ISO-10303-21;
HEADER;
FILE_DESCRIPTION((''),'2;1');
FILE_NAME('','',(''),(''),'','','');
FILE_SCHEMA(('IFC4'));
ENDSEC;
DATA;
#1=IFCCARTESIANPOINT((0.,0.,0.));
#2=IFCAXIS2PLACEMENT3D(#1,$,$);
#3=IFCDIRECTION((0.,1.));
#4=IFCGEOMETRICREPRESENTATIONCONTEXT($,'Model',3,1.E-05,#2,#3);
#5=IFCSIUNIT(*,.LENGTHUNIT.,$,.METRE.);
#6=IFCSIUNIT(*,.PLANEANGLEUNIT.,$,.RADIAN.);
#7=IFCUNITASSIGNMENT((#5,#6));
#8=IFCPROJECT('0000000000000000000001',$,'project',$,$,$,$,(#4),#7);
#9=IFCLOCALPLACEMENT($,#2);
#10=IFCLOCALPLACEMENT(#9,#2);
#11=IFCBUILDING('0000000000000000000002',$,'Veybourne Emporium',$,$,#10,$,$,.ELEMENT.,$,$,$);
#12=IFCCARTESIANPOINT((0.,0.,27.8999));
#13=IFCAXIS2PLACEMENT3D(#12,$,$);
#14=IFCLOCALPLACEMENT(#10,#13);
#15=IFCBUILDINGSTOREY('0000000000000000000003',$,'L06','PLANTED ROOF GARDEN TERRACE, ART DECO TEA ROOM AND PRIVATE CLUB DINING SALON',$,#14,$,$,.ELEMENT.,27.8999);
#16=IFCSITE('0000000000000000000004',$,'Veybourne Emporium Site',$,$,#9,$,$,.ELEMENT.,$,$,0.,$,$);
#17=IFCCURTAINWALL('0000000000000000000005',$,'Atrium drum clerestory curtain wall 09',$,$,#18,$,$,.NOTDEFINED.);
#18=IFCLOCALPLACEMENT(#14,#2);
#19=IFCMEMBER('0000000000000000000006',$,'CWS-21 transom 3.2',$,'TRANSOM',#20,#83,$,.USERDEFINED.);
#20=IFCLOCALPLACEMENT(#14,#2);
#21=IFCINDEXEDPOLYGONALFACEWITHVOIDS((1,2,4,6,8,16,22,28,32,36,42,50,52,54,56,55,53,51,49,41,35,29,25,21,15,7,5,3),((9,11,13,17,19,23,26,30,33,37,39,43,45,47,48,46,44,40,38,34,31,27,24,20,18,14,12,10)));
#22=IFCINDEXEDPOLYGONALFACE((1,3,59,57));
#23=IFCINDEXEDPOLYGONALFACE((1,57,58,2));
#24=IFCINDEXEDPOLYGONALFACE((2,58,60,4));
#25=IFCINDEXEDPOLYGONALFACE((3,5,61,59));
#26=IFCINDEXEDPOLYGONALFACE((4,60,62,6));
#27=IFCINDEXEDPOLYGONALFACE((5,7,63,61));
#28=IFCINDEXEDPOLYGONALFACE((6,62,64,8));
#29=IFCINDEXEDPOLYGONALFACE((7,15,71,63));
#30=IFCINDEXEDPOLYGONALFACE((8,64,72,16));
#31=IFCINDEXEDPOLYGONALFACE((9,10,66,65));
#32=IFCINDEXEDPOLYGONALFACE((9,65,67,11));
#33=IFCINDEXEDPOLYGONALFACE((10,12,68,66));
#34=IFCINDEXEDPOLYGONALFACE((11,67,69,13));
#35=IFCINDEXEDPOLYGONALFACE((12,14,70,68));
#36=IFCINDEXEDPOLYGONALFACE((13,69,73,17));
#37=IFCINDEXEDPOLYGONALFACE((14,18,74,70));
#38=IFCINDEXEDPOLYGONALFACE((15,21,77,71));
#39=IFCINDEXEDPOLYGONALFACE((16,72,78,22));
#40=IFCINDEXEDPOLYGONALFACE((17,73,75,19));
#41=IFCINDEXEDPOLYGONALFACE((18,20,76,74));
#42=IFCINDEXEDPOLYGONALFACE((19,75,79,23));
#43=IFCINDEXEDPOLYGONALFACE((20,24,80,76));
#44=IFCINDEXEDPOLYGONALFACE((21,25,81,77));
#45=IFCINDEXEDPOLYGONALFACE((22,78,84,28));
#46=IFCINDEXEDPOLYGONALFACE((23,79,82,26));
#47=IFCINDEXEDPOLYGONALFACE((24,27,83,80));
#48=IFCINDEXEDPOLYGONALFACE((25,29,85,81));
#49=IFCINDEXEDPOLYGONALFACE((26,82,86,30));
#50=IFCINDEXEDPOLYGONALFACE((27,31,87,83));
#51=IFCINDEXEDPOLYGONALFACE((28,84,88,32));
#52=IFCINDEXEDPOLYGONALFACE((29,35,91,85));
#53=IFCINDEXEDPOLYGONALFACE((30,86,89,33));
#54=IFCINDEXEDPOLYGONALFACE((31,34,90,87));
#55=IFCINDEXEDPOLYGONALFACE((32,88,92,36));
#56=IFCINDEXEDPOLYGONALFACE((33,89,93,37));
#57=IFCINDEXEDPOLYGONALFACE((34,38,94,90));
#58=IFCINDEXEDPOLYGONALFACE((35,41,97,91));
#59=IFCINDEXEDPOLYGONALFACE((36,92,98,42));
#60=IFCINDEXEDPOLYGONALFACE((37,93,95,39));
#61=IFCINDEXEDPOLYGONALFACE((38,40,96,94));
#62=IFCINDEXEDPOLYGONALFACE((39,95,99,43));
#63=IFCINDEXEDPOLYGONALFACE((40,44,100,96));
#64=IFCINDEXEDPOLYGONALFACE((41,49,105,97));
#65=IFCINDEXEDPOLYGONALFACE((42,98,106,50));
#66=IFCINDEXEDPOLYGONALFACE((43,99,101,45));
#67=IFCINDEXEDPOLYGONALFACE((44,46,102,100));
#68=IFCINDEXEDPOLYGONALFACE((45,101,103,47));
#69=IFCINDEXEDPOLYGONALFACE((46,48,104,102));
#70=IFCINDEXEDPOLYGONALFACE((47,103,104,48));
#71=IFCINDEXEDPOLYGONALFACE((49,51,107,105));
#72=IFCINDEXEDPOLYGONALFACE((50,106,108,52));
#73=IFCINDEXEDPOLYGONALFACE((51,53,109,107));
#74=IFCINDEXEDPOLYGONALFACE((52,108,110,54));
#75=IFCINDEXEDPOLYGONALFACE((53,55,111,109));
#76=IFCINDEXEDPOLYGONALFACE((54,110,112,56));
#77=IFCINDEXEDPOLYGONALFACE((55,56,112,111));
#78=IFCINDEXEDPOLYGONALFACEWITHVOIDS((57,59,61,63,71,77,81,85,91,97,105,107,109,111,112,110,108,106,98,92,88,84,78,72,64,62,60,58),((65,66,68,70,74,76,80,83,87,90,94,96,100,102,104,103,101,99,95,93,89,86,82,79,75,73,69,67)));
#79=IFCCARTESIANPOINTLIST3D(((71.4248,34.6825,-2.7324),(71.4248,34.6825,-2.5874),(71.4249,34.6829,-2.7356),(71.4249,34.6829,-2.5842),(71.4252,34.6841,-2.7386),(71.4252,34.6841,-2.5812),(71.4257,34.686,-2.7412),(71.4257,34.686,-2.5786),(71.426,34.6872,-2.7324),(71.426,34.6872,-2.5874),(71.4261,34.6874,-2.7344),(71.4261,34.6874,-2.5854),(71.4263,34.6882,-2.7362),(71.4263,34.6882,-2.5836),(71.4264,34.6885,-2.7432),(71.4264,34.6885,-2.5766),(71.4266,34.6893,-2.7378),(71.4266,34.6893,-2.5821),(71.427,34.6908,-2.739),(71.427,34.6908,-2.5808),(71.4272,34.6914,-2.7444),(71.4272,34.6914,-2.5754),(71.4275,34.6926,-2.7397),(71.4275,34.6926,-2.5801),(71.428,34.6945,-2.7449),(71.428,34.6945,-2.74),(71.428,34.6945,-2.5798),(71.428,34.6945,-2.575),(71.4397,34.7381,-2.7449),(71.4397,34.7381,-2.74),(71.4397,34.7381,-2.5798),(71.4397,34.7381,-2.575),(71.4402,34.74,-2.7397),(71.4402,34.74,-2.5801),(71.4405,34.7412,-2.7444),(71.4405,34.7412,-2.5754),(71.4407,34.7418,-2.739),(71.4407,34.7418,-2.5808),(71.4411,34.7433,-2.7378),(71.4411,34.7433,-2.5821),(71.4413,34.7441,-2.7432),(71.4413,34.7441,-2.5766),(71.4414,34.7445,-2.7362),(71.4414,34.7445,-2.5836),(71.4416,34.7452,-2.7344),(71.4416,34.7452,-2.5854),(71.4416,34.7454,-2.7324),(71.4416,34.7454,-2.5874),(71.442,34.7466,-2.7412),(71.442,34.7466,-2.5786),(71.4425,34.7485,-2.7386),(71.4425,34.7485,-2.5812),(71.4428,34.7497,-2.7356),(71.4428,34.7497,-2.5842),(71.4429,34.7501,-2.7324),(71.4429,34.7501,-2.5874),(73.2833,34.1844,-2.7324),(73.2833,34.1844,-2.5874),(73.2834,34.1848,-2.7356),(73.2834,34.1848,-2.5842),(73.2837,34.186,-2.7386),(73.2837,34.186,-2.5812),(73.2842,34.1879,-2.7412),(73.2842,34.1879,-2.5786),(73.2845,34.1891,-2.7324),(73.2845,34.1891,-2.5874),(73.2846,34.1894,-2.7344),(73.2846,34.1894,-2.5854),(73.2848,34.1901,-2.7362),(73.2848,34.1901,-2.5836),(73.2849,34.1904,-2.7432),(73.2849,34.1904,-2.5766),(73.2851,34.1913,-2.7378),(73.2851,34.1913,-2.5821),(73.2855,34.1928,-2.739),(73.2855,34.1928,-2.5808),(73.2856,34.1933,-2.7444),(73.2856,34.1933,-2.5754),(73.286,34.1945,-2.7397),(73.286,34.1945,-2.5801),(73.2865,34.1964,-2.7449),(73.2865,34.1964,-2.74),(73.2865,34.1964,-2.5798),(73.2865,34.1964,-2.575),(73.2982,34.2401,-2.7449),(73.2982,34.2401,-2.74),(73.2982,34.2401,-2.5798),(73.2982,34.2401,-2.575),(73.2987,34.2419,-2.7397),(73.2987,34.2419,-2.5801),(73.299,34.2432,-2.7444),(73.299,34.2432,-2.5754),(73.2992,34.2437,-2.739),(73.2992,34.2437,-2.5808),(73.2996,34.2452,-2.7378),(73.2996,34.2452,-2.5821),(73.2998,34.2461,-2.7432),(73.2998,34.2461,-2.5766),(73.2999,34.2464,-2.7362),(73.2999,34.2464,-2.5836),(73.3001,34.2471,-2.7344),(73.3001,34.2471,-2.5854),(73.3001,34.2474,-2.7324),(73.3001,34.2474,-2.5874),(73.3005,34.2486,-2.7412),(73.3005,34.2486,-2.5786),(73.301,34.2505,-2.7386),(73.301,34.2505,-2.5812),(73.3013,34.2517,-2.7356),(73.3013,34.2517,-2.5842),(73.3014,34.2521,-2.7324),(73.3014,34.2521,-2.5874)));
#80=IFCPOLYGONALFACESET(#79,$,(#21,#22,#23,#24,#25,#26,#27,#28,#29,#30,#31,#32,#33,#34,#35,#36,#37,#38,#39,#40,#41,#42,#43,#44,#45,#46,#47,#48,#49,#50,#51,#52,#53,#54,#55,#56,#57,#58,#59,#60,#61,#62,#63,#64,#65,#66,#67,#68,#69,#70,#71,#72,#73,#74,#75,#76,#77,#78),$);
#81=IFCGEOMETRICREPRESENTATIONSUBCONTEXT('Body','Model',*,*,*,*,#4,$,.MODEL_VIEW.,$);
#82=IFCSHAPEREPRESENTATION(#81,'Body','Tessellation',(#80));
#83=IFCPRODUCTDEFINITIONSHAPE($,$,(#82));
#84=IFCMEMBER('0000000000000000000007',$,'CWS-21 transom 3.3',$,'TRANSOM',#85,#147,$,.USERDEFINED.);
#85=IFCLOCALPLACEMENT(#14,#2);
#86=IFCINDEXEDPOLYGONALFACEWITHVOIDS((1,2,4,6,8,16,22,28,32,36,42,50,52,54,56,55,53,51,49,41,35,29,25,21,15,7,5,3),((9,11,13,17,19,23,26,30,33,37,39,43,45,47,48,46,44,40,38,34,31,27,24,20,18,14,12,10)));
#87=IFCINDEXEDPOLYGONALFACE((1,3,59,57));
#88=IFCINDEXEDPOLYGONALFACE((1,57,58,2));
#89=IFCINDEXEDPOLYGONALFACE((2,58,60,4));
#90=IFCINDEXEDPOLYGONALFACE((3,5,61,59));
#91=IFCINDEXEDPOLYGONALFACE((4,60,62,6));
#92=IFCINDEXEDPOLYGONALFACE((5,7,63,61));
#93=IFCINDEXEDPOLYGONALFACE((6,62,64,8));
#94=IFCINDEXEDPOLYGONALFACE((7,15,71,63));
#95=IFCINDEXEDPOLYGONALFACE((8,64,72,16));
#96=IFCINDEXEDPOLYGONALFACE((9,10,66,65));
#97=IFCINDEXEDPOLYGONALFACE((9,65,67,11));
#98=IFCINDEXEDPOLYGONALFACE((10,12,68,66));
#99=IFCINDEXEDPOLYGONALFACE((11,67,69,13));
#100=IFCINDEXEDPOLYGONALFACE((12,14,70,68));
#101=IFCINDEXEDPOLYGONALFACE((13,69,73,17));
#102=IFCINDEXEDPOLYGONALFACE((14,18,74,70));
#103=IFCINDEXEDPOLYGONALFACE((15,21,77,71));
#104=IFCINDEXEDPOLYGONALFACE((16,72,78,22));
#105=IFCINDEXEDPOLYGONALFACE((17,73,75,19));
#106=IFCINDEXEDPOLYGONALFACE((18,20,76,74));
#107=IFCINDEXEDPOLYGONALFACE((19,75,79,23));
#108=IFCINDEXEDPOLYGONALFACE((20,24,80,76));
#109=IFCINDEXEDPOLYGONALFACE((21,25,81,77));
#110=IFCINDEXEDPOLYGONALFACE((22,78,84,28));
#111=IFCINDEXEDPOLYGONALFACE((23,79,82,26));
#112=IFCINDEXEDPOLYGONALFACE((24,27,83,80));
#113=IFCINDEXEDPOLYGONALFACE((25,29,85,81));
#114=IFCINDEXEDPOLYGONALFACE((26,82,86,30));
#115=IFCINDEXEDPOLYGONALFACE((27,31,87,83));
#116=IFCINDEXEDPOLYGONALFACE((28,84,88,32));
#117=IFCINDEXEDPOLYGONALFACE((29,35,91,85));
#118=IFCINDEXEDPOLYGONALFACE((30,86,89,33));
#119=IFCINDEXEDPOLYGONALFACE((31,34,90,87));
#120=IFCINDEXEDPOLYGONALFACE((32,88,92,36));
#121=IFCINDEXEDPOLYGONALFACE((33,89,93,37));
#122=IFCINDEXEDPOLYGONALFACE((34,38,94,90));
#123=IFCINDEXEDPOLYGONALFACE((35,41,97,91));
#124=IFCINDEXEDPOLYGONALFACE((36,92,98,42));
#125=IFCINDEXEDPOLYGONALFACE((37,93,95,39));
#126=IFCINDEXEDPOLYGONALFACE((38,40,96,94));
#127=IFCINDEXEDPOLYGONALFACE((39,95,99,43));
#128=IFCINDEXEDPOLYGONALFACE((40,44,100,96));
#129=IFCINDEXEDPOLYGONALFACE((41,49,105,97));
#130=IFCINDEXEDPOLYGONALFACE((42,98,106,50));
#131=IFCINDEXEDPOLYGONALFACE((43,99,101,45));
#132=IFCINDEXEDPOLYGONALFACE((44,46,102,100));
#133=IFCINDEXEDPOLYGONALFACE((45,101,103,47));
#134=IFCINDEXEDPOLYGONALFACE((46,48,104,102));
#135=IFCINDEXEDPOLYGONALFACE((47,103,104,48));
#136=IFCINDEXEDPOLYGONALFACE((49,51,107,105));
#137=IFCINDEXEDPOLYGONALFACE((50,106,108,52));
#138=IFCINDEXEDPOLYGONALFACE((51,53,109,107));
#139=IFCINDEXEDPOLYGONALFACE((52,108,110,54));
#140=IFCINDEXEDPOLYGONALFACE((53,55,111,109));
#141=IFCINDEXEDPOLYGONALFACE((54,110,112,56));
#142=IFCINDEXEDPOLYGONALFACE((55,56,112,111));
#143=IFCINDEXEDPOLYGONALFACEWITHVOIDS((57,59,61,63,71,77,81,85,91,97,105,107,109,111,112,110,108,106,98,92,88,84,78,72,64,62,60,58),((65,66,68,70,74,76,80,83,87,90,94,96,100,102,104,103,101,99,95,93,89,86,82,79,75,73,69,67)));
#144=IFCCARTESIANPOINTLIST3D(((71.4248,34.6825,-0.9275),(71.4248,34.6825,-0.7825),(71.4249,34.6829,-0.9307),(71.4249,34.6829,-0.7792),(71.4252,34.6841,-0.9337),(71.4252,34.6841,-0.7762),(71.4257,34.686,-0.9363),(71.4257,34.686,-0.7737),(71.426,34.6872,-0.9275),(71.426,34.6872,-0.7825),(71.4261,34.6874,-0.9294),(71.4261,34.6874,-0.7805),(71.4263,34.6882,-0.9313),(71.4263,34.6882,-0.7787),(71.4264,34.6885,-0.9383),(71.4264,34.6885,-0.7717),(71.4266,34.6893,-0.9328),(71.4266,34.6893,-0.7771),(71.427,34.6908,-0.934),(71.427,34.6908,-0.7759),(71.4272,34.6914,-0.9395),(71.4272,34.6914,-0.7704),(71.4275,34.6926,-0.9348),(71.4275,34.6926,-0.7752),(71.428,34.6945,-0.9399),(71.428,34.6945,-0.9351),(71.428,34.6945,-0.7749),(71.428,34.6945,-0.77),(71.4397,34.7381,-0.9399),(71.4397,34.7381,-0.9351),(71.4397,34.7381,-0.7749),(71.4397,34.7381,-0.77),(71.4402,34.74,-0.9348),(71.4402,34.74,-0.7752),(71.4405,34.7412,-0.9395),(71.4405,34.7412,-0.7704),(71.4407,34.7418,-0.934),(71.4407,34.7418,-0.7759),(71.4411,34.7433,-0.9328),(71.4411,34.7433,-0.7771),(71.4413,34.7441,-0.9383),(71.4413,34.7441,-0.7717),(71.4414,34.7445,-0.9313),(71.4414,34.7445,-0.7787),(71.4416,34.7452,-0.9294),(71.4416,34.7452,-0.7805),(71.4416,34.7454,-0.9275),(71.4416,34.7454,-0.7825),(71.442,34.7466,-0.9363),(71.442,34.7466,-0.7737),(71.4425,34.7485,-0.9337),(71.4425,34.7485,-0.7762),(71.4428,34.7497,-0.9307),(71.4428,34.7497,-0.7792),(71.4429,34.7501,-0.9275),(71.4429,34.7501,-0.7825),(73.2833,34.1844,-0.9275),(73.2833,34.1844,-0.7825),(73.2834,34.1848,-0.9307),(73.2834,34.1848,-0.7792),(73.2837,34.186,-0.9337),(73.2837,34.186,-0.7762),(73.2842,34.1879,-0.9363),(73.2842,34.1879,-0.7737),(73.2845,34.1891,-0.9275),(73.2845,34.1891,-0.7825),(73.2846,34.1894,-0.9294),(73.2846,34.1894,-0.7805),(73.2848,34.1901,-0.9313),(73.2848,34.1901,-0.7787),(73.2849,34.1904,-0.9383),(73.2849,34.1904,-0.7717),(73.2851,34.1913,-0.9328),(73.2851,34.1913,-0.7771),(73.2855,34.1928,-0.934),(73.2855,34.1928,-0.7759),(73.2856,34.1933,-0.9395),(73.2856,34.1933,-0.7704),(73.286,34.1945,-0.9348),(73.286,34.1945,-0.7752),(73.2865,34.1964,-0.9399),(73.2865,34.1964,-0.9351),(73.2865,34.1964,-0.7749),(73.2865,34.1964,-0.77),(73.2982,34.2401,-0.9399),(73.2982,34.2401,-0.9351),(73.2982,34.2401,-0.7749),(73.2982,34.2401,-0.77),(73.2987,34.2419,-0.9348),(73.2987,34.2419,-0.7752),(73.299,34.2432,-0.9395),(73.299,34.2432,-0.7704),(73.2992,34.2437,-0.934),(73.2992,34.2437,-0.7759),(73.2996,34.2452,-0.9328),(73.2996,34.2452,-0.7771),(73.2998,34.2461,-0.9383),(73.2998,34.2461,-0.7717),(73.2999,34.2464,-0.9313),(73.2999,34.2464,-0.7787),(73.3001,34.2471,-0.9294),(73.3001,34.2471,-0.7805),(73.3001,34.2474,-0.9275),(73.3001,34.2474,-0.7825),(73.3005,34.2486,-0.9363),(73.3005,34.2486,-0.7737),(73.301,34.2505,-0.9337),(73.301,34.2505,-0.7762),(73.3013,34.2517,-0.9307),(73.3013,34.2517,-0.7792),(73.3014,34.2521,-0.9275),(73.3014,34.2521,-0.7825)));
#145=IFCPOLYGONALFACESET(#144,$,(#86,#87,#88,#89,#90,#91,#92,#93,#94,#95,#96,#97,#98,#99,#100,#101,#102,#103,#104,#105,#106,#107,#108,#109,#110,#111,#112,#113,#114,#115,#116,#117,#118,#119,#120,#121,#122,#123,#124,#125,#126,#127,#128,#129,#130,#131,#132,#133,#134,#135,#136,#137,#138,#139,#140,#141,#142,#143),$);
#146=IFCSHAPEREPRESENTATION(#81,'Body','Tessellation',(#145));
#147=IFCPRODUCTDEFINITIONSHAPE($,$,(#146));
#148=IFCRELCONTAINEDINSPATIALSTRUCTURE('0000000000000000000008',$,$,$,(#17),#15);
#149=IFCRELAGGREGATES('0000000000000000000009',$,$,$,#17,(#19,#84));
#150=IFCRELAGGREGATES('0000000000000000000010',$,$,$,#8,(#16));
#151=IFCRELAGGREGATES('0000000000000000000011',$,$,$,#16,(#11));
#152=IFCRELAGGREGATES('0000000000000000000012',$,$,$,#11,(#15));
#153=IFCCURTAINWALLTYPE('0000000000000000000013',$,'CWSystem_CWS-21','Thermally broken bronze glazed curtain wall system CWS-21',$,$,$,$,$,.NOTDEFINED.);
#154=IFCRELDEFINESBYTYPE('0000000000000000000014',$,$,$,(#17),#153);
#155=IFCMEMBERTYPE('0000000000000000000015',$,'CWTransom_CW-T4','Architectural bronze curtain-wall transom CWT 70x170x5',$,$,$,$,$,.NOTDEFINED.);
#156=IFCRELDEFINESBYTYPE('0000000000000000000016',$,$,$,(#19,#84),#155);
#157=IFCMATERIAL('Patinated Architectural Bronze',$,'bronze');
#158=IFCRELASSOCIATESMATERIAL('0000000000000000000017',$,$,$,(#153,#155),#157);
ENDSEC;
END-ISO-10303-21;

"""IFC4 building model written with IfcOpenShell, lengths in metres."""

from ifc_helpers import new_model, si_unit, direction, frame, origin, origin_2d, place, context, subcontext, project, spatial, hollow_rectangle, extrude, material, material_profile, profile_set, type_object, element, aggregate, save


model = new_model("IFC4")

# Units and contexts
model_context = context("Model", 3, precision=1e-05, world=origin(), true_north=direction((0.0, 1.0)))
body_context = subcontext(model_context, "Body", "Model", "MODEL_VIEW")
ifc_project = project(units=[si_unit("LENGTHUNIT", "METRE"), si_unit("PLANEANGLEUNIT", "RADIAN")], contexts=[model_context])

# Site, building, storey
site_placement = place(None, origin())
site = spatial("IfcSite", under=ifc_project, at=site_placement, Name="Veybourne Emporium Site", CompositionType="ELEMENT", RefElevation=0.0)
building_placement = place(site_placement, origin())
building = spatial("IfcBuilding", under=site, at=building_placement, Name="Veybourne Emporium", CompositionType="ELEMENT")
storey_placement = place(building_placement, frame((0.0, 0.0, 27.8999)))
storey = spatial("IfcBuildingStorey", under=building, at=storey_placement, Name="L06", Description="PLANTED ROOF GARDEN TERRACE, ART DECO TEA ROOM AND PRIVATE CLUB DINING SALON", CompositionType="ELEMENT", Elevation=27.8999)

# Curtain wall
ifc_material_1 = material(Name="Patinated Architectural Bronze", Category="bronze")
curtain_wall_type_1 = type_object("IfcCurtainWallType", Name="CWSystem_CWS-21", Description="Thermally broken bronze glazed curtain wall system CWS-21", PredefinedType="NOTDEFINED", material=ifc_material_1)
curtain_wall_1_placement = place(storey_placement, origin())
curtain_wall_1 = element("IfcCurtainWall", 1, at=curtain_wall_1_placement, inside=storey, type_object=curtain_wall_type_1, Name="Atrium drum clerestory curtain wall 09", PredefinedType="NOTDEFINED")

# Members
ifc_material_profile_1 = material_profile(ifc_material_1, hollow_rectangle(XDim=0.0701, YDim=0.1699, WallThickness=0.0049, InnerFilletRadius=0.0076, OuterFilletRadius=0.0125, at=origin_2d()), Name="CWT 70x170x5")
ifc_profile_set_1 = profile_set([ifc_material_profile_1], Name="Patinated Architectural Bronze")
member_type_1 = type_object("IfcMemberType", Name="CWTransom_CW-T4", Description="Architectural bronze curtain-wall transom CWT 70x170x5", PredefinedType="NOTDEFINED", material=ifc_profile_set_1)
member_1_placement = place(storey_placement, frame((71.4338, 34.7163, -2.6599), z_axis=(0.965914, -0.258863, 0.0), x_axis=(0.258863, 0.965914, 0.0)))
member_1 = element("IfcMember", 2, at=member_1_placement, type_object=member_type_1, Name="CWS-21 transom 3.2", ObjectType="TRANSOM", PredefinedType="USERDEFINED", context=body_context, shape_type="SweptSolid", body=[
    extrude(hollow_rectangle(XDim=0.0701, YDim=0.1699, WallThickness=0.0049, InnerFilletRadius=0.0076, OuterFilletRadius=0.0125, at=origin_2d()), origin(), (0.0, 0.0, 1.0), 1.9241),
])
member_2_placement = place(storey_placement, frame((71.4338, 34.7163, -0.855), z_axis=(0.965914, -0.258863, 0.0), x_axis=(0.258863, 0.965914, 0.0)))
member_2 = element("IfcMember", 3, at=member_2_placement, type_object=member_type_1, Name="CWS-21 transom 3.3", ObjectType="TRANSOM", PredefinedType="USERDEFINED", context=body_context, shape_type="SweptSolid", body=[
    extrude(hollow_rectangle(XDim=0.0701, YDim=0.1699, WallThickness=0.0049, InnerFilletRadius=0.0076, OuterFilletRadius=0.0125, at=origin_2d()), origin(), (0.0, 0.0, 1.0), 1.9241),
])

aggregate(curtain_wall_1, [member_1, member_2])

save(model, "model.ifc")
